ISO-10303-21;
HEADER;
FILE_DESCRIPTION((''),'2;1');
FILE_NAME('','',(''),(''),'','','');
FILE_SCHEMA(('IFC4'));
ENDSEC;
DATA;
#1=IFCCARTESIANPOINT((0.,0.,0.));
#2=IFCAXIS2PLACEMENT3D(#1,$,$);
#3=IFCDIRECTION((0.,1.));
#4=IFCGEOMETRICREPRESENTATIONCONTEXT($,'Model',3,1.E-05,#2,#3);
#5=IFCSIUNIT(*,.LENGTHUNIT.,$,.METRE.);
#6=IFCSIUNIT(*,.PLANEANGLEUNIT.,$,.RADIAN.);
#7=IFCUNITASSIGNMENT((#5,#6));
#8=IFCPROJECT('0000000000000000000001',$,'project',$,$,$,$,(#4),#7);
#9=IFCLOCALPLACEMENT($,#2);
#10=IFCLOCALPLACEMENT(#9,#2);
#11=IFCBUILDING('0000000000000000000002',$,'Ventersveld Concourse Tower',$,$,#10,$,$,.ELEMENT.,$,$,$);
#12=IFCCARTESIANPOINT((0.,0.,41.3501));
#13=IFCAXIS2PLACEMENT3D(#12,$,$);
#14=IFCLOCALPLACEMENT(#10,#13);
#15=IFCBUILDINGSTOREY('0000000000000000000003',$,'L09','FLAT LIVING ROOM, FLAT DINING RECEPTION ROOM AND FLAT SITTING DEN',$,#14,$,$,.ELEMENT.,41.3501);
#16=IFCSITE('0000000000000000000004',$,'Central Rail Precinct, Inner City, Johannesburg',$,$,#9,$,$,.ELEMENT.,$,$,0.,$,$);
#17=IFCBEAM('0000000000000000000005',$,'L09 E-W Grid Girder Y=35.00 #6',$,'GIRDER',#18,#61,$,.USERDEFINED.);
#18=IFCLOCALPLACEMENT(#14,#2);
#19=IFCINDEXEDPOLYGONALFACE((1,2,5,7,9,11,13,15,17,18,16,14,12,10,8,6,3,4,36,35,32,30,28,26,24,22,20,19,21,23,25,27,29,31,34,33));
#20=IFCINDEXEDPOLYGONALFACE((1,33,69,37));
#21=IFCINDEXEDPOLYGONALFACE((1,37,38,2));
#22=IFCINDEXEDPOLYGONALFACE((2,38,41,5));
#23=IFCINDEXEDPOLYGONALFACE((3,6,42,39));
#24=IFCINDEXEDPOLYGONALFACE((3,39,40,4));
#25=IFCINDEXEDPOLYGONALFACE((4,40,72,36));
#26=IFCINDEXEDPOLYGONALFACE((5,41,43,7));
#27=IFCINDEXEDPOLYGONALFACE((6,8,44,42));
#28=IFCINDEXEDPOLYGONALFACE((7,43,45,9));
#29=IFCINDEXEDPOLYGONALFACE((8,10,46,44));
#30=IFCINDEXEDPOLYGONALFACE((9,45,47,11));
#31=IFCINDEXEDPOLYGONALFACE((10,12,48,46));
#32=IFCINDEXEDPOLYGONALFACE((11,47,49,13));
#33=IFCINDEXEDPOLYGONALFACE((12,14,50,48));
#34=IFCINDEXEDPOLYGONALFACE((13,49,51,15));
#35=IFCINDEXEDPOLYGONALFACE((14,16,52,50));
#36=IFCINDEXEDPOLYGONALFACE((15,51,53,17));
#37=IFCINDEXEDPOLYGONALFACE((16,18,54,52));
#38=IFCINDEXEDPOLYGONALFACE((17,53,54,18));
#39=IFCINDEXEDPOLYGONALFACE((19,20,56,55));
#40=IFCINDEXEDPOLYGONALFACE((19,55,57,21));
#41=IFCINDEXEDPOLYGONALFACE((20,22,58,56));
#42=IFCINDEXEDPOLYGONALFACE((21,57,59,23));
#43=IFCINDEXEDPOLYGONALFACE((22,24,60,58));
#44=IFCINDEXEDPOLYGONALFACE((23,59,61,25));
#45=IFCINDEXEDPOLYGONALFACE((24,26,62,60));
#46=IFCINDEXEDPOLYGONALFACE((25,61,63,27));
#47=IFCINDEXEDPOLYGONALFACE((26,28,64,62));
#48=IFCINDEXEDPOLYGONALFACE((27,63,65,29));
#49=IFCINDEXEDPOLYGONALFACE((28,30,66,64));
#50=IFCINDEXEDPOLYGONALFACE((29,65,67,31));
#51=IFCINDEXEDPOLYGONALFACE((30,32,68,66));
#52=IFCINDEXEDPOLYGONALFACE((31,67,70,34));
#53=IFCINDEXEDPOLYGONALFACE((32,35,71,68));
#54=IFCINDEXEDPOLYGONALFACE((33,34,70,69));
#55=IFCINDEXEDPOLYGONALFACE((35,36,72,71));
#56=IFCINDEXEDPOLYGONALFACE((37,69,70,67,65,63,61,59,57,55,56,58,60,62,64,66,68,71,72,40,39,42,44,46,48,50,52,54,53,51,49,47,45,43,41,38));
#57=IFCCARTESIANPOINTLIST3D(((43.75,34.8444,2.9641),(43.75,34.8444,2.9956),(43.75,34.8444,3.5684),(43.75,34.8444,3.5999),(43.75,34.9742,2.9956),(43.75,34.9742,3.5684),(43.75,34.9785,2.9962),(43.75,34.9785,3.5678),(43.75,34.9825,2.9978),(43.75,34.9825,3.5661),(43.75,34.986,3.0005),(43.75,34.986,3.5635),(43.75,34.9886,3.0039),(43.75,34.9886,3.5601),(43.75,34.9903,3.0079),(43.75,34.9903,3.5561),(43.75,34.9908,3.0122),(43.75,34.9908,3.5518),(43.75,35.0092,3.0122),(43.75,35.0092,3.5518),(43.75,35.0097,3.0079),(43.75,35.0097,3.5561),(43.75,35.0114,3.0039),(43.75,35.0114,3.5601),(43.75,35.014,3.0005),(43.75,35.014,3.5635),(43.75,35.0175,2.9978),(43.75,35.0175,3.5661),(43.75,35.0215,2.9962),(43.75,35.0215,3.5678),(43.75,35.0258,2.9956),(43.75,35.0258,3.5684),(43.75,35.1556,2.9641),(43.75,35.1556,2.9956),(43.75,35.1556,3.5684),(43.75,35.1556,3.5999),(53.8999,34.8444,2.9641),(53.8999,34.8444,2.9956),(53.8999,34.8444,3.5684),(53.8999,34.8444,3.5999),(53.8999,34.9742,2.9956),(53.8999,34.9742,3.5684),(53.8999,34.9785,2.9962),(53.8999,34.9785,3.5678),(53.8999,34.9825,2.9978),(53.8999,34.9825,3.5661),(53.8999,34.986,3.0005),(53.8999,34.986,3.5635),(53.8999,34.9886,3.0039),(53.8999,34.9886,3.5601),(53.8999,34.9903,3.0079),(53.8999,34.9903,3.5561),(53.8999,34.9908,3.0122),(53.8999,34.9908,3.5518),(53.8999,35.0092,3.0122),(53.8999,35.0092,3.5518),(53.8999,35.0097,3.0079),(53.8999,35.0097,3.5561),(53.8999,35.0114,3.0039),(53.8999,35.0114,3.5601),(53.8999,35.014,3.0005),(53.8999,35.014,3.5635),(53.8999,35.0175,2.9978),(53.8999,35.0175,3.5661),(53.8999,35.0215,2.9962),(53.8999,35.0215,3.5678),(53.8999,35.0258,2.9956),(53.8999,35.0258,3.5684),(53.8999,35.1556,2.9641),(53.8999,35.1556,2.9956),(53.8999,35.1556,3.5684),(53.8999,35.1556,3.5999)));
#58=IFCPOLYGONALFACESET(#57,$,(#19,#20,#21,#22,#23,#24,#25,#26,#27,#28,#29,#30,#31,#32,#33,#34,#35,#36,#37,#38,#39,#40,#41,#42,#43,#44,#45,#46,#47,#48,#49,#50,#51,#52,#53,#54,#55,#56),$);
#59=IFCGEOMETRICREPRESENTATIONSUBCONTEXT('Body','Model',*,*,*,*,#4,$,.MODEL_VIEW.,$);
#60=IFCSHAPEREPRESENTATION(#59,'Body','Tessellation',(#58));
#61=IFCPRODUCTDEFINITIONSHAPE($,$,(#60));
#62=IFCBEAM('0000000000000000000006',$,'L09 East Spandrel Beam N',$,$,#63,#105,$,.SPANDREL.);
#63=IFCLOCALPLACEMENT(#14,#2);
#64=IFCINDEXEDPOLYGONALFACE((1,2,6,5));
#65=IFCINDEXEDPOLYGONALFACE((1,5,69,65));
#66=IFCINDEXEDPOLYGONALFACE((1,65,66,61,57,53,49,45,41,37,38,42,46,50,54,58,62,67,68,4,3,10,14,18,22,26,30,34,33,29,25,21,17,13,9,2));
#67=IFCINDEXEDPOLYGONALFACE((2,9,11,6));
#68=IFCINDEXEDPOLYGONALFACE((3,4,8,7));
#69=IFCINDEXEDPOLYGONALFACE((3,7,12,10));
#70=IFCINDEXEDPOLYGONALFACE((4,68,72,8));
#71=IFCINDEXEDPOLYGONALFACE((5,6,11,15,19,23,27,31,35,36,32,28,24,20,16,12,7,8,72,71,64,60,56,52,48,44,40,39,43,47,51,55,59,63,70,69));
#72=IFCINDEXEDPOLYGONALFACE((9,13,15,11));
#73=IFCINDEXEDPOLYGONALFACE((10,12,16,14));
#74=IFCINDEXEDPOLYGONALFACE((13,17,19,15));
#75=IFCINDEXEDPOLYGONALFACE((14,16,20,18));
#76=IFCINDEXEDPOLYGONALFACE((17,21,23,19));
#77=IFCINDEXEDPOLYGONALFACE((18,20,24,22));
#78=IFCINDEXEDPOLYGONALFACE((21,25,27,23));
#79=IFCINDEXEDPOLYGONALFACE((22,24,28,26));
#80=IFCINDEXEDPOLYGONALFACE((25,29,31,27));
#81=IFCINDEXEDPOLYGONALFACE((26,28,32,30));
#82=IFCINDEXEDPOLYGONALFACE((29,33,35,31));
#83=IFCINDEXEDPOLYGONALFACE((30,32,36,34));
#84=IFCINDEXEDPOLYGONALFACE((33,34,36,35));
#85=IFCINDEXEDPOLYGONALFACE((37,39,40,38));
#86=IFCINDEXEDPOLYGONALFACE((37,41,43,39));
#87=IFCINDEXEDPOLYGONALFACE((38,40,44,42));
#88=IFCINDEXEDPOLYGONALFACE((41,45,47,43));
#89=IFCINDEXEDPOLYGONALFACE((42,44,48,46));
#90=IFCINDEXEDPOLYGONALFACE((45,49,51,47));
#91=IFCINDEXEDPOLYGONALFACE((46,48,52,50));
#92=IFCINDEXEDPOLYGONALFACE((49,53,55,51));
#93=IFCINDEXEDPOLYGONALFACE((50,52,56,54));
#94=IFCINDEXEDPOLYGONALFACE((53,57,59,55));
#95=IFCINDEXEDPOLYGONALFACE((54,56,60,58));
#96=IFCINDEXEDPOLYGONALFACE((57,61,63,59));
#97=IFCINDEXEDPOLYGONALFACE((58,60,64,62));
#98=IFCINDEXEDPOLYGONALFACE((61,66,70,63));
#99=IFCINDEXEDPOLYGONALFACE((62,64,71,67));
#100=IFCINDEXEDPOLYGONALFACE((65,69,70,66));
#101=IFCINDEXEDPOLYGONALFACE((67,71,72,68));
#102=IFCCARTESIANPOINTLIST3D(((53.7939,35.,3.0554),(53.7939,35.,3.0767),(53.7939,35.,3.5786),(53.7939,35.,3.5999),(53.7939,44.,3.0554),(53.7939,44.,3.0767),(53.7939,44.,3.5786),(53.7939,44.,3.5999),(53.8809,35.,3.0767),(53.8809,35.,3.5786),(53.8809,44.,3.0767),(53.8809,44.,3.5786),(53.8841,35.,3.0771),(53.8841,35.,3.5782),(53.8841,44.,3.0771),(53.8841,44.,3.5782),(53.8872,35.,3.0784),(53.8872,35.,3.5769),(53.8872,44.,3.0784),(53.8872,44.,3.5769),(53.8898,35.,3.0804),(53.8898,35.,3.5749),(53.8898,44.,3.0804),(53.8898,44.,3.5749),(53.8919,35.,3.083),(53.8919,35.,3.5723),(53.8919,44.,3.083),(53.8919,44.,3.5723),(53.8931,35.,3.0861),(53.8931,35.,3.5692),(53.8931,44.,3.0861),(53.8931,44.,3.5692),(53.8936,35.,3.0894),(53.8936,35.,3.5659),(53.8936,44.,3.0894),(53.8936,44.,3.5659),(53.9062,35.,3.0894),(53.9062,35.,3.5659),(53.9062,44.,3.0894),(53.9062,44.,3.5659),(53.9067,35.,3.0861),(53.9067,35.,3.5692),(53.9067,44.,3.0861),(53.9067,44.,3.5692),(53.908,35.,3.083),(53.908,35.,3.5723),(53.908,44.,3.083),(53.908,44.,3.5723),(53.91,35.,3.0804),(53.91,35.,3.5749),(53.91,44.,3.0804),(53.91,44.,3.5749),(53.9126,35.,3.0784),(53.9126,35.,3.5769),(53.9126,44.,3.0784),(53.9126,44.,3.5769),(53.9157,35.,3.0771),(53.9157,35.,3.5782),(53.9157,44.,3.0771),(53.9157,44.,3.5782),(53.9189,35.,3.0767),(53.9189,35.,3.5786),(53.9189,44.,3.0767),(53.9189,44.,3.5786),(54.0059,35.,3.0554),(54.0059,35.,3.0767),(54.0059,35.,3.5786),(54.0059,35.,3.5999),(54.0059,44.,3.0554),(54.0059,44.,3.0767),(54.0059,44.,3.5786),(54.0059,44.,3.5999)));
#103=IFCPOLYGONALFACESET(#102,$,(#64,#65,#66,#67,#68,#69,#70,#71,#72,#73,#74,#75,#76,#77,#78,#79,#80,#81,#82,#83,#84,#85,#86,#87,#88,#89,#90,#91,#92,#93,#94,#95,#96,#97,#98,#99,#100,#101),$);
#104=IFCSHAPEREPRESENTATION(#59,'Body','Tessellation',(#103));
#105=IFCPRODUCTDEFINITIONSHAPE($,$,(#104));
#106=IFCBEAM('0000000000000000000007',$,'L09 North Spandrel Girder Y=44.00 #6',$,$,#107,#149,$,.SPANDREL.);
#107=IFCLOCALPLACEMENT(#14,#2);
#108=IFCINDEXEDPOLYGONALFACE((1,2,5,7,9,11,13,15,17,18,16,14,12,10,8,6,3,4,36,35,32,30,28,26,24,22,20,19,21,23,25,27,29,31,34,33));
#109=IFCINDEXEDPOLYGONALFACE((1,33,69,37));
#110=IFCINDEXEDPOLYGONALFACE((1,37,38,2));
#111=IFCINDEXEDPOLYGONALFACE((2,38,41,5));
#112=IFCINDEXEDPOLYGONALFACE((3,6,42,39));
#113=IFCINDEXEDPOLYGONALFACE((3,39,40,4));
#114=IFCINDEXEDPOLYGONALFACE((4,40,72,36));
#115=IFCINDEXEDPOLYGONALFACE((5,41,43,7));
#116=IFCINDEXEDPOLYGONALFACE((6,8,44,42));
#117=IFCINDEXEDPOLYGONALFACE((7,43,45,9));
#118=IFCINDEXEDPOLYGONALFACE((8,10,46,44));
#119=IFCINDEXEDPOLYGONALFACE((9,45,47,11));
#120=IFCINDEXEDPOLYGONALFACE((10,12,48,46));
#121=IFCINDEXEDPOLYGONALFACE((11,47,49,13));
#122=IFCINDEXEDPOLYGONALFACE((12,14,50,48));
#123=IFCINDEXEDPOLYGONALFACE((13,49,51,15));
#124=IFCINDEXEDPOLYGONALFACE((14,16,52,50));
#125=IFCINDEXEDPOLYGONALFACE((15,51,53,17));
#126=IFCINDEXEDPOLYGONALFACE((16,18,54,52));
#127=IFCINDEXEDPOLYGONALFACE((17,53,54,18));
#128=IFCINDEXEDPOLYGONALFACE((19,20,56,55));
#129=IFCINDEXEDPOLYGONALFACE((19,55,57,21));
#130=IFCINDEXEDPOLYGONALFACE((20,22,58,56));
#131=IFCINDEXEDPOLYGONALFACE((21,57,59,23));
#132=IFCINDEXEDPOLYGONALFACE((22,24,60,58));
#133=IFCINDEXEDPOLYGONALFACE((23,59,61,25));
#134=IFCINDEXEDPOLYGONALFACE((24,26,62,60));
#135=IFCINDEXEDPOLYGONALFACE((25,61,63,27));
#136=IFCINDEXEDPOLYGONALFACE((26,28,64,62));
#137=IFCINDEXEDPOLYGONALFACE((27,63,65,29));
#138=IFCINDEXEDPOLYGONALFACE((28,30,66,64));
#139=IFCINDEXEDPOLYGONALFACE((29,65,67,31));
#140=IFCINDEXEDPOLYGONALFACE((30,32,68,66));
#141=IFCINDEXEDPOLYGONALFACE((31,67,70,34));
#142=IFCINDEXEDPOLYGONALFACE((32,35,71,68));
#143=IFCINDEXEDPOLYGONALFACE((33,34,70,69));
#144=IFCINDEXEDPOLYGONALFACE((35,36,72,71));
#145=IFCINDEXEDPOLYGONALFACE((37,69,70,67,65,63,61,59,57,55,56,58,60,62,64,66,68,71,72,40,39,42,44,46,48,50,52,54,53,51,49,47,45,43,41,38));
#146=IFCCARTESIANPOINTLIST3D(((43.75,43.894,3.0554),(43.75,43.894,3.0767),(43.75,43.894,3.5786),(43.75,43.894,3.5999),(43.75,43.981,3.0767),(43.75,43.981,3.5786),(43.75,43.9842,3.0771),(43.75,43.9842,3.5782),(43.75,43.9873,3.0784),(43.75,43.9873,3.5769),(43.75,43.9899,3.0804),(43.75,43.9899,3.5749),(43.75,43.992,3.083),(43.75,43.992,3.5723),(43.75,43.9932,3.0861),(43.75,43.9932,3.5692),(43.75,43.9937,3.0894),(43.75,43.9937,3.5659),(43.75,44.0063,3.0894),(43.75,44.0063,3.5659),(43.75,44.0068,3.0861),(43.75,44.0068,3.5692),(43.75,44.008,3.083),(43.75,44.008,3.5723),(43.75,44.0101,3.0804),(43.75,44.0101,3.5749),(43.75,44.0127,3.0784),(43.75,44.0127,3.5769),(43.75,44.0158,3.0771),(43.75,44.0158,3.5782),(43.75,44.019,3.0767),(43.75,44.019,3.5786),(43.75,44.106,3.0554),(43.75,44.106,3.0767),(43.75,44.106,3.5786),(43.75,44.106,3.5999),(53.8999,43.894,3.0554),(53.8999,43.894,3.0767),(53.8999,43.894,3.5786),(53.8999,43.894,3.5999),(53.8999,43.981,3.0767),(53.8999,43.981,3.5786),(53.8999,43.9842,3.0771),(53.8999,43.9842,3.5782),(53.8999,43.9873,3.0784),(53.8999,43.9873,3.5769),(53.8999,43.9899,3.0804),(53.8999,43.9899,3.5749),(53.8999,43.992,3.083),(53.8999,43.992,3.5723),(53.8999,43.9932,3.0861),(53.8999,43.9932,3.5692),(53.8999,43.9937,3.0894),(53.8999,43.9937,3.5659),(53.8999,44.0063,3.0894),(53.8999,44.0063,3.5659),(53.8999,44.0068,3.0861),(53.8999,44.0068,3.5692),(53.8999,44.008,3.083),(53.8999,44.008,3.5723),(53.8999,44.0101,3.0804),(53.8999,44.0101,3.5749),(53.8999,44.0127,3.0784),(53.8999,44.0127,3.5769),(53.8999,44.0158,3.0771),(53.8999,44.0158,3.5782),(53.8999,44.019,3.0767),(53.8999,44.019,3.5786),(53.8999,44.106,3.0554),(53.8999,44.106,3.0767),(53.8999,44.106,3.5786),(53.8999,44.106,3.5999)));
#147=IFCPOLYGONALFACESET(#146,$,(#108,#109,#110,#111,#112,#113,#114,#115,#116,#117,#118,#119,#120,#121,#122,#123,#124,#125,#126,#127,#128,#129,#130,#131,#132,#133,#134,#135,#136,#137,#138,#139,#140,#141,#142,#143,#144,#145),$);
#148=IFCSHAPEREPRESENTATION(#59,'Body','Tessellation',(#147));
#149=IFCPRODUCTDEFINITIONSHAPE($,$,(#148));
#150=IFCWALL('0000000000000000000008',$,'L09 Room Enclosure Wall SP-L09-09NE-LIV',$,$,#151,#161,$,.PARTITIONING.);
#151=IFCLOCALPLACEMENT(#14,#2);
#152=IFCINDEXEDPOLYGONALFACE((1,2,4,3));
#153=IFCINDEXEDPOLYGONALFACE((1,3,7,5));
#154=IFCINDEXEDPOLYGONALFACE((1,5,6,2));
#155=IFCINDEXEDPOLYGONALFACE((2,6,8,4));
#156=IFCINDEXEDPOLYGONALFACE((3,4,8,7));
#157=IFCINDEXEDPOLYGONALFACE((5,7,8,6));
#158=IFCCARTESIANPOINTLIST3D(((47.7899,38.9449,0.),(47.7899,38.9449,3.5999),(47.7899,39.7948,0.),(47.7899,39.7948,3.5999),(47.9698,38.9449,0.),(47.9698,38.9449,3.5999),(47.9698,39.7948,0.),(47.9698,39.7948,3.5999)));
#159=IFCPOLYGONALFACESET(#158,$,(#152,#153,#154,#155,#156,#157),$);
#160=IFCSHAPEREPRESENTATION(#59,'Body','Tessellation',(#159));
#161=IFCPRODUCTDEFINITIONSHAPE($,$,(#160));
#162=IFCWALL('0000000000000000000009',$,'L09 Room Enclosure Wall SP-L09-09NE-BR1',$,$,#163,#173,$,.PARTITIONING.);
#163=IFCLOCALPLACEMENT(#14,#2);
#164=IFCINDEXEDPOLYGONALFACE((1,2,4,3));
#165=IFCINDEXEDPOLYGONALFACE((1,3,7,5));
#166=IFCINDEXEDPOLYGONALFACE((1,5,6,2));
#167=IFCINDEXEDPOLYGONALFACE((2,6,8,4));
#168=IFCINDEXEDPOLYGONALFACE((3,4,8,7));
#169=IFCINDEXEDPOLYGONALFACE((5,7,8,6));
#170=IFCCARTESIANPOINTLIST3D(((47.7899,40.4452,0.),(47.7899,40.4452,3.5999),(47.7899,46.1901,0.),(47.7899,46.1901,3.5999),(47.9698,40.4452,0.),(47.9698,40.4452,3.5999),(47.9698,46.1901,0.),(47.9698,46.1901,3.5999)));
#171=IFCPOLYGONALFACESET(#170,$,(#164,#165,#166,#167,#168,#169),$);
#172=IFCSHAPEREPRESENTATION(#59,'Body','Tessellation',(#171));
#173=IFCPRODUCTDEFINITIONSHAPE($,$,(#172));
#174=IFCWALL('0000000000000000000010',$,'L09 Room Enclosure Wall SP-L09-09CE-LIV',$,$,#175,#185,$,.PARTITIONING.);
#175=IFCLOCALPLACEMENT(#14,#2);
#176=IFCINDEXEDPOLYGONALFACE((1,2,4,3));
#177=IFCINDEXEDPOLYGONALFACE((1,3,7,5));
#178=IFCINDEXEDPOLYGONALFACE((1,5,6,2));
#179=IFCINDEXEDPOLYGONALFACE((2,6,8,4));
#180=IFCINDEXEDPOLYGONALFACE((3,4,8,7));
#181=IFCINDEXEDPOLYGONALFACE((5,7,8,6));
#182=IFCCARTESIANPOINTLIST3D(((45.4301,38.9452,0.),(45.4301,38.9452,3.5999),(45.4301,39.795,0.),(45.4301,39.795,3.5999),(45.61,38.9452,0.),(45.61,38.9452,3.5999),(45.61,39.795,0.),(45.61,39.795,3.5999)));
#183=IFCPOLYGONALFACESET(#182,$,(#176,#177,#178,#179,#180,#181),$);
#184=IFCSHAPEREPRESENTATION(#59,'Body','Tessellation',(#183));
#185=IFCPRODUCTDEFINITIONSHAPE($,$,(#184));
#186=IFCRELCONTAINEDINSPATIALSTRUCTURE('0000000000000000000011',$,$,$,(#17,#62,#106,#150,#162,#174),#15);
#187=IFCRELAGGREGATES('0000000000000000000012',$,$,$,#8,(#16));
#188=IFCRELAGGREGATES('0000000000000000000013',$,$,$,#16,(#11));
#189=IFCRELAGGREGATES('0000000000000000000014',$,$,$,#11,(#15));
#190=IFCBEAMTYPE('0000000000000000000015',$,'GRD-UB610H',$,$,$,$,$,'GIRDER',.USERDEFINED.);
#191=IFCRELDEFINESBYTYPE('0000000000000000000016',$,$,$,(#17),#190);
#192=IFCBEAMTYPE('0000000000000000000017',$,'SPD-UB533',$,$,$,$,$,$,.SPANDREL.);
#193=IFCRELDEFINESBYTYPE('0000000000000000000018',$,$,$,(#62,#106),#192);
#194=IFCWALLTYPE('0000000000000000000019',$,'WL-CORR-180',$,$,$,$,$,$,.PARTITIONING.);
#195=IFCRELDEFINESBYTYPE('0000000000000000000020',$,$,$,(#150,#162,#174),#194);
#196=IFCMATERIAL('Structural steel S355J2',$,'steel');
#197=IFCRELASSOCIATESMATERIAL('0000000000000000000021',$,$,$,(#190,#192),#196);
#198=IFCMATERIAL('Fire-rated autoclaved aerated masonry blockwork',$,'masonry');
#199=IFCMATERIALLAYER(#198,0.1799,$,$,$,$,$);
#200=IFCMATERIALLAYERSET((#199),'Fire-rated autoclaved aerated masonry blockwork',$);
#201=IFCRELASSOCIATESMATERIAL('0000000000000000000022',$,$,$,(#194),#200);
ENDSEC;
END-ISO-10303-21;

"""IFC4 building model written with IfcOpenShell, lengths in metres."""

from ifc_helpers import new_model, si_unit, direction, frame, frame_2d, origin, origin_2d, place, context, subcontext, project, spatial, rectangle, i_section, extrude, material, layer, layer_set, material_profile, profile_set, type_object, element, save


model = new_model("IFC4")

# Units and contexts
model_context = context("Model", 3, precision=1e-05, world=origin(), true_north=direction((0.0, 1.0)))
body_context = subcontext(model_context, "Body", "Model", "MODEL_VIEW")
ifc_project = project(units=[si_unit("LENGTHUNIT", "METRE"), si_unit("PLANEANGLEUNIT", "RADIAN")], contexts=[model_context])

# Site, building, storey
site_placement = place(None, origin())
site = spatial("IfcSite", under=ifc_project, at=site_placement, Name="Central Rail Precinct, Inner City, Johannesburg", CompositionType="ELEMENT", RefElevation=0.0)
building_placement = place(site_placement, origin())
building = spatial("IfcBuilding", under=site, at=building_placement, Name="Ventersveld Concourse Tower", CompositionType="ELEMENT")
storey_placement = place(building_placement, frame((0.0, 0.0, 41.3501)))
storey = spatial("IfcBuildingStorey", under=building, at=storey_placement, Name="L09", Description="FLAT LIVING ROOM, FLAT DINING RECEPTION ROOM AND FLAT SITTING DEN", CompositionType="ELEMENT", Elevation=41.3501)

# Beams
ifc_material_1 = material(Name="Structural steel S355J2", Category="steel")
ifc_material_profile_1 = material_profile(ifc_material_1, i_section(OverallWidth=0.3113, OverallDepth=0.6357, WebThickness=0.0183, FlangeThickness=0.0315, FilletRadius=0.0166, at=origin_2d()), Name="UB 610x305x238")
ifc_profile_set_1 = profile_set([ifc_material_profile_1], Name="Structural steel S355J2")
beam_type_1 = type_object("IfcBeamType", Name="GRD-UB610H", ElementType="GIRDER", PredefinedType="USERDEFINED", material=ifc_profile_set_1)
beam_1_placement = place(storey_placement, frame((43.75, 35.0, 3.282), z_axis=(1.0, 0.0, 0.0), x_axis=(0.0, 1.0, 0.0)))
element("IfcBeam", 1, at=beam_1_placement, inside=storey, type_object=beam_type_1, Name="L09 E-W Grid Girder Y=35.00 #6", ObjectType="GIRDER", PredefinedType="USERDEFINED", context=body_context, shape_type="SweptSolid", body=[
    extrude(i_section(OverallWidth=0.3113, OverallDepth=0.6357, WebThickness=0.0183, FlangeThickness=0.0315, FilletRadius=0.0166, at=origin_2d()), origin(), (0.0, 0.0, 1.0), 10.1499),
])
ifc_material_profile_2 = material_profile(ifc_material_1, i_section(OverallWidth=0.2119, OverallDepth=0.5444, WebThickness=0.0127, FlangeThickness=0.0212, FilletRadius=0.0127, at=origin_2d()), Name="UB 533x210x122")
ifc_profile_set_2 = profile_set([ifc_material_profile_2], Name="Structural steel S355J2")
beam_type_2 = type_object("IfcBeamType", Name="SPD-UB533", PredefinedType="SPANDREL", material=ifc_profile_set_2)
beam_2_placement = place(storey_placement, frame((53.8999, 35.0, 3.3276), z_axis=(0.0, 1.0, 0.0), x_axis=(-1.0, 0.0, 0.0)))
element("IfcBeam", 2, at=beam_2_placement, inside=storey, type_object=beam_type_2, Name="L09 East Spandrel Beam N", PredefinedType="SPANDREL", context=body_context, shape_type="SweptSolid", body=[
    extrude(i_section(OverallWidth=0.2119, OverallDepth=0.5444, WebThickness=0.0127, FlangeThickness=0.0212, FilletRadius=0.0127, at=origin_2d()), origin(), (0.0, 0.0, 1.0), 9.0),
])
beam_3_placement = place(storey_placement, frame((43.75, 44.0, 3.3276), z_axis=(1.0, 0.0, 0.0), x_axis=(0.0, 1.0, 0.0)))
element("IfcBeam", 3, at=beam_3_placement, inside=storey, type_object=beam_type_2, Name="L09 North Spandrel Girder Y=44.00 #6", PredefinedType="SPANDREL", context=body_context, shape_type="SweptSolid", body=[
    extrude(i_section(OverallWidth=0.2119, OverallDepth=0.5444, WebThickness=0.0127, FlangeThickness=0.0212, FilletRadius=0.0127, at=origin_2d()), origin(), (0.0, 0.0, 1.0), 10.1499),
])

# Walls
ifc_material_2 = material(Name="Fire-rated autoclaved aerated masonry blockwork", Category="masonry")
ifc_layer_1 = layer(ifc_material_2, 0.1799)
ifc_layer_set_1 = layer_set([ifc_layer_1], Name="Fire-rated autoclaved aerated masonry blockwork")
wall_type_1 = type_object("IfcWallType", Name="WL-CORR-180", PredefinedType="PARTITIONING", material=ifc_layer_set_1)
wall_1_placement = place(storey_placement, frame((47.8799, 38.9451, 0.0), z_axis=(0.0, 0.0, 1.0), x_axis=(0.0, 1.0, 0.0)))
element("IfcWall", 4, at=wall_1_placement, inside=storey, type_object=wall_type_1, Name="L09 Room Enclosure Wall SP-L09-09NE-LIV", PredefinedType="PARTITIONING", context=body_context, shape_type="SweptSolid", body=[
    extrude(rectangle(XDim=0.8499, YDim=0.1799, at=frame_2d((0.4248, 0.0))), origin(), (0.0, 0.0, 1.0), 3.5999),
])
wall_2_placement = place(storey_placement, frame((47.8799, 40.4451, 0.0), z_axis=(0.0, 0.0, 1.0), x_axis=(0.0, 1.0, 0.0)))
element("IfcWall", 5, at=wall_2_placement, inside=storey, type_object=wall_type_1, Name="L09 Room Enclosure Wall SP-L09-09NE-BR1", PredefinedType="PARTITIONING", context=body_context, shape_type="SweptSolid", body=[
    extrude(rectangle(XDim=5.7449, YDim=0.1799, at=frame_2d((2.8726, 0.0))), origin(), (0.0, 0.0, 1.0), 3.5999),
])
wall_3_placement = place(storey_placement, frame((45.52, 39.7949, 0.0), z_axis=(0.0, 0.0, 1.0), x_axis=(0.0, -1.0, 0.0)))
element("IfcWall", 6, at=wall_3_placement, inside=storey, type_object=wall_type_1, Name="L09 Room Enclosure Wall SP-L09-09CE-LIV", PredefinedType="PARTITIONING", context=body_context, shape_type="SweptSolid", body=[
    extrude(rectangle(XDim=0.8499, YDim=0.1799, at=frame_2d((0.4248, 0.0))), origin(), (0.0, 0.0, 1.0), 3.5999),
])

save(model, "model.ifc")
